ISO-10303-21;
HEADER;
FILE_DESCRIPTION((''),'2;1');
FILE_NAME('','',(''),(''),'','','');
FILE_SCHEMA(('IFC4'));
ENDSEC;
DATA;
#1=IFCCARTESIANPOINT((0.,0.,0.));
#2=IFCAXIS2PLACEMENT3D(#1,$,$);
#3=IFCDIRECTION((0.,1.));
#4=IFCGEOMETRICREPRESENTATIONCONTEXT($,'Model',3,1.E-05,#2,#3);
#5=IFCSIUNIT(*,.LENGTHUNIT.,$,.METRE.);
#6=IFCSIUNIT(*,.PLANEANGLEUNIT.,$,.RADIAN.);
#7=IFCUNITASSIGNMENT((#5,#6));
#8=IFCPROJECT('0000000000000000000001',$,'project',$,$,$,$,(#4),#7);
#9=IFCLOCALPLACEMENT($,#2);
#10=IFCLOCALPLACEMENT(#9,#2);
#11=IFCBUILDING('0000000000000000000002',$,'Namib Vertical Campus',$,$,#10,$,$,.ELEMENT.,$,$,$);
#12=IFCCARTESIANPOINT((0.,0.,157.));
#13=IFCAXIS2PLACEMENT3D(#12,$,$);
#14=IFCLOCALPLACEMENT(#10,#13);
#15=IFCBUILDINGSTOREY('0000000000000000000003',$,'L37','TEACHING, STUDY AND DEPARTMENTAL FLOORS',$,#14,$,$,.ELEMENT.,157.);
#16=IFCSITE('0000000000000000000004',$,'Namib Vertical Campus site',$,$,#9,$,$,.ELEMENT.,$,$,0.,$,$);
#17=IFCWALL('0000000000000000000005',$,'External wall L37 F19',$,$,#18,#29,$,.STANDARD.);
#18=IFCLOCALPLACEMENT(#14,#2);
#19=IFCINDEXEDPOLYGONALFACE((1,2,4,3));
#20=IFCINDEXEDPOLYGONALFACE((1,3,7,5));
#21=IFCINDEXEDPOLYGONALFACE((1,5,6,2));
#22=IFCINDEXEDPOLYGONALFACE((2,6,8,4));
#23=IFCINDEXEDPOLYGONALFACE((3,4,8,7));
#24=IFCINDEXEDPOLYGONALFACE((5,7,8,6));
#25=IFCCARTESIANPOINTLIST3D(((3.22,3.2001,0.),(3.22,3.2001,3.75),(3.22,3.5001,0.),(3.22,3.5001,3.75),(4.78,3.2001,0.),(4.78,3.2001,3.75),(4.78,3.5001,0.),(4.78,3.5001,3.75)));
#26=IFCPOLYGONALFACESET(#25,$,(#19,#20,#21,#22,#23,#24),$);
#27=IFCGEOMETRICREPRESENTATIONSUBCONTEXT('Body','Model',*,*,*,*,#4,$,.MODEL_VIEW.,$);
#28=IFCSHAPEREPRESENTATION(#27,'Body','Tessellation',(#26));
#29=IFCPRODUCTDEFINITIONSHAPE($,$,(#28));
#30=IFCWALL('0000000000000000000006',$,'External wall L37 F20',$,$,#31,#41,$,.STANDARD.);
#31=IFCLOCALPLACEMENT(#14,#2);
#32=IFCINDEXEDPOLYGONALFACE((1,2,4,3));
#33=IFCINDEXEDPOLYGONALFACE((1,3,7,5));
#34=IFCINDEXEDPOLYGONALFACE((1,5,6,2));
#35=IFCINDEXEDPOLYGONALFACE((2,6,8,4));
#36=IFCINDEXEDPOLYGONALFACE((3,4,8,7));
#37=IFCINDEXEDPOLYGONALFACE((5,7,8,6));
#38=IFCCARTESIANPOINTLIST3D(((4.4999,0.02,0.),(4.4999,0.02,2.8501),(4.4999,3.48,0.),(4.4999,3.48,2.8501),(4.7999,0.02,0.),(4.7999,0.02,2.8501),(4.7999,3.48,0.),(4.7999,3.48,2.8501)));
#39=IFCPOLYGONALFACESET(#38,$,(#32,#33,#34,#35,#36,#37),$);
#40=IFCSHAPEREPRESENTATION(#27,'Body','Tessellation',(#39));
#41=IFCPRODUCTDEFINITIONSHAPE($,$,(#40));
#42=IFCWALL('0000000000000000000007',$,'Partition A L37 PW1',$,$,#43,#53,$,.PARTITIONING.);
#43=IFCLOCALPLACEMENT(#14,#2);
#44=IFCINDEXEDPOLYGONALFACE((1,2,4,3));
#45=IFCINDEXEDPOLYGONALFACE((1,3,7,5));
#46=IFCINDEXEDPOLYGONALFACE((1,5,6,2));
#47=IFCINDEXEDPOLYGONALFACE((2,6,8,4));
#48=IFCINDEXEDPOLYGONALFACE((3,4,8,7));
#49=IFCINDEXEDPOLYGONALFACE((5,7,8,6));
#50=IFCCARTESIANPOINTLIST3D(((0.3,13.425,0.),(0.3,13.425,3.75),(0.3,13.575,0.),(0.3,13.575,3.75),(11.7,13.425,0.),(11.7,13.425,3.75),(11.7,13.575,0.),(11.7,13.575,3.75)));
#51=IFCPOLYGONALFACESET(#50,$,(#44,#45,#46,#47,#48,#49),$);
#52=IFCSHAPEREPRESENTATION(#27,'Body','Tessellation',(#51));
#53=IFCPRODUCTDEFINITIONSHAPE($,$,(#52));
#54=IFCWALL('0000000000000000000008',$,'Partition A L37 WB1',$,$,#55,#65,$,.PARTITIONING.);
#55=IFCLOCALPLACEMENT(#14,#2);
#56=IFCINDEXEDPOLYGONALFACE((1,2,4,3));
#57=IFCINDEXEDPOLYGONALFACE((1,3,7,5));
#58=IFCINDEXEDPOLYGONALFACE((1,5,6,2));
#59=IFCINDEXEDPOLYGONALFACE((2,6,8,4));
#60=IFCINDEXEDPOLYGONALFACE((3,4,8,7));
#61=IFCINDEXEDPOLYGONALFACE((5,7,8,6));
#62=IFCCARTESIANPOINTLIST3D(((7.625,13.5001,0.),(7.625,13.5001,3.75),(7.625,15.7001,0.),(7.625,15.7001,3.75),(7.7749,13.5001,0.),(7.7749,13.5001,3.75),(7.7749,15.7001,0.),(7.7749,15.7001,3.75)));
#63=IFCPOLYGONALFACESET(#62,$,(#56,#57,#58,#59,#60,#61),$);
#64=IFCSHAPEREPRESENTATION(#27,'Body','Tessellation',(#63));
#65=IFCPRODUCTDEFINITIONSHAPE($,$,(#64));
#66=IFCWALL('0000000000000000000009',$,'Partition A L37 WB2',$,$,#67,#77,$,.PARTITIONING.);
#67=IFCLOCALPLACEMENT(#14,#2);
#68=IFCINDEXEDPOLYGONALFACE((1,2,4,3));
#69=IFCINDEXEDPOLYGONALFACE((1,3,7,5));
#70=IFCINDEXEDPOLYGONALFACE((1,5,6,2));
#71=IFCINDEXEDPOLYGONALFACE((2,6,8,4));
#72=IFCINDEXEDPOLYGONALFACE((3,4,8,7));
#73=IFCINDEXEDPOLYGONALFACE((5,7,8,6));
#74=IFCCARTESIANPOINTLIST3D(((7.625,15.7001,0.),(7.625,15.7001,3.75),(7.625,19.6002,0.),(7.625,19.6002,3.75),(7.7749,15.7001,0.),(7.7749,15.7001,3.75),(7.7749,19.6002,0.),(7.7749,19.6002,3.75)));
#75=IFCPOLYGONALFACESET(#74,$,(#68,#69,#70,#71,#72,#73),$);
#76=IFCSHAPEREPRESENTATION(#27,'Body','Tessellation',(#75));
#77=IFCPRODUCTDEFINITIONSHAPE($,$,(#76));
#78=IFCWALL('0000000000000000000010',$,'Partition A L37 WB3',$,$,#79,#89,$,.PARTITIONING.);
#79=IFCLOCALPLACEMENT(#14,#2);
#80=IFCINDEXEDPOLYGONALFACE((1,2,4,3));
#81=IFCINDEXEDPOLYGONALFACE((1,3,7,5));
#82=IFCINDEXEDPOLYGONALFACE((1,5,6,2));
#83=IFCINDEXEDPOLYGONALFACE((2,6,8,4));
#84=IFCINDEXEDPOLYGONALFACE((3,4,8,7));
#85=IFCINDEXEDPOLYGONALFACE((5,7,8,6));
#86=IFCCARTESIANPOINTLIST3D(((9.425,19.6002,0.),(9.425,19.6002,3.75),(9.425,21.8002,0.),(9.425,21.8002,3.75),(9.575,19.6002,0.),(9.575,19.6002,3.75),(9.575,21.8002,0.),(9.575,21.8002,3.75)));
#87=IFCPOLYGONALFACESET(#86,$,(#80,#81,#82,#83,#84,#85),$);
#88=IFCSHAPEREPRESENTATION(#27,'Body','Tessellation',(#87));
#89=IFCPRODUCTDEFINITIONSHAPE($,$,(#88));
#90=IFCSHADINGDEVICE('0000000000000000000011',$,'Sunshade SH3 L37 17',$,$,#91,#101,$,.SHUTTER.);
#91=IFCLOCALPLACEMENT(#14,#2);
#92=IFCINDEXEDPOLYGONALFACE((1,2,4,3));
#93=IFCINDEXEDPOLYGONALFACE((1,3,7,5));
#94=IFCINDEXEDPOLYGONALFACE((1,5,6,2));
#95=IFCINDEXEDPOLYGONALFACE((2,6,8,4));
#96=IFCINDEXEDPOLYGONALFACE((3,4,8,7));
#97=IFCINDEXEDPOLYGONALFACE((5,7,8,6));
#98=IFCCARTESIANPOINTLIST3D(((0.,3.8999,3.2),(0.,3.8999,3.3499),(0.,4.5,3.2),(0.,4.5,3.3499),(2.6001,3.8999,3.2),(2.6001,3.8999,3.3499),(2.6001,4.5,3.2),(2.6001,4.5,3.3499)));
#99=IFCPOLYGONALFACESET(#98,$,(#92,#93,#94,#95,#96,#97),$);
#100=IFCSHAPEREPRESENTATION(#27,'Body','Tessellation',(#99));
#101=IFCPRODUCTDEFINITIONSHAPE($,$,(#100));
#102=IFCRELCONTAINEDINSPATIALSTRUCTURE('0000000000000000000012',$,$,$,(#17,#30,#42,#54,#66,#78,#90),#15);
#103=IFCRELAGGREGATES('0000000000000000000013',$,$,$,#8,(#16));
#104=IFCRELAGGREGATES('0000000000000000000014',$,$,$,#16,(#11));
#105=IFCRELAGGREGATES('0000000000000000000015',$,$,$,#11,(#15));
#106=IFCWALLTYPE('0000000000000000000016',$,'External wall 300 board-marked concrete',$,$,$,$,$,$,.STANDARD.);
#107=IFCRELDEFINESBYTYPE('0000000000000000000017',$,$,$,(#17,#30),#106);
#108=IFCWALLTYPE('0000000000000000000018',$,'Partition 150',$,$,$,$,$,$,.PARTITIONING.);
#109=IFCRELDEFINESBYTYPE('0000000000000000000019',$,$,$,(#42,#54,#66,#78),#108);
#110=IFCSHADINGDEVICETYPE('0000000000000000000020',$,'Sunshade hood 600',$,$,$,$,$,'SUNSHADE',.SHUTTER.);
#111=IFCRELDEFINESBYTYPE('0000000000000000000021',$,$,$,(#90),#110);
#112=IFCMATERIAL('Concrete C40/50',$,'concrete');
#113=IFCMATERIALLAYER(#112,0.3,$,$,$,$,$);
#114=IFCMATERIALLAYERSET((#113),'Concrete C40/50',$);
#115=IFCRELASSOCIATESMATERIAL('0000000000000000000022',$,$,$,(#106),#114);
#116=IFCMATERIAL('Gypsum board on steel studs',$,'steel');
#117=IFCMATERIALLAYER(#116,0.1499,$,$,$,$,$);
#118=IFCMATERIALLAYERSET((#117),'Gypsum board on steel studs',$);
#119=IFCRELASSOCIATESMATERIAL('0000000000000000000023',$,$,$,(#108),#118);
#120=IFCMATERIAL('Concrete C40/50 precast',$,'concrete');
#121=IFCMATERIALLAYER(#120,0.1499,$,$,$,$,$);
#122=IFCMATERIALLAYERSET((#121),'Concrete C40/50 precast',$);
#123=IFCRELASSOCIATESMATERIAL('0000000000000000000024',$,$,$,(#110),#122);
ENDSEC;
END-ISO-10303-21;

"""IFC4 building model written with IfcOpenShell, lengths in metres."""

from ifc_helpers import new_model, si_unit, direction, frame, frame_2d, origin, origin_2d, place, context, subcontext, project, spatial, rectangle, extrude, material, layer, layer_set, type_object, element, save


model = new_model("IFC4")

# Units and contexts
model_context = context("Model", 3, precision=1e-05, world=origin(), true_north=direction((0.0, 1.0)))
body_context = subcontext(model_context, "Body", "Model", "MODEL_VIEW")
ifc_project = project(units=[si_unit("LENGTHUNIT", "METRE"), si_unit("PLANEANGLEUNIT", "RADIAN")], contexts=[model_context])

# Site, building, storey
site_placement = place(None, origin())
site = spatial("IfcSite", under=ifc_project, at=site_placement, Name="Namib Vertical Campus site", CompositionType="ELEMENT", RefElevation=0.0)
building_placement = place(site_placement, origin())
building = spatial("IfcBuilding", under=site, at=building_placement, Name="Namib Vertical Campus", CompositionType="ELEMENT")
storey_placement = place(building_placement, frame((0.0, 0.0, 157.0)))
storey = spatial("IfcBuildingStorey", under=building, at=storey_placement, Name="L37", Description="TEACHING, STUDY AND DEPARTMENTAL FLOORS", CompositionType="ELEMENT", Elevation=157.0)

# Walls
ifc_material_1 = material(Name="Concrete C40/50", Category="concrete")
ifc_layer_1 = layer(ifc_material_1, 0.3)
ifc_layer_set_1 = layer_set([ifc_layer_1], Name="Concrete C40/50")
wall_type_1 = type_object("IfcWallType", Name="External wall 300 board-marked concrete", PredefinedType="STANDARD", material=ifc_layer_set_1)
for number, where, z_axis, x_axis, name in (
    (1, (3.22, 3.3501, 0.0), (0.0, 0.0, 1.0), (1.0, 0.0, 0.0), "External wall L37 F19"),
):
    element("IfcWall", number, at=place(storey_placement, frame(where, z_axis=z_axis, x_axis=x_axis)), inside=storey, type_object=wall_type_1, Name=name, PredefinedType="STANDARD", context=body_context, shape_type="SweptSolid", body=[
        extrude(rectangle(XDim=1.5601, YDim=0.3, at=frame_2d((0.78, 0.0))), origin(), (0.0, 0.0, 1.0), 3.75),
    ])
wall_1_placement = place(storey_placement, frame((4.6499, 3.48, 0.0), z_axis=(0.0, 0.0, 1.0), x_axis=(0.0, -1.0, 0.0)))
element("IfcWall", 2, at=wall_1_placement, inside=storey, type_object=wall_type_1, Name="External wall L37 F20", PredefinedType="STANDARD", context=body_context, shape_type="SweptSolid", body=[
    extrude(rectangle(XDim=3.46, YDim=0.3, at=frame_2d((1.73, 0.0))), origin(), (0.0, 0.0, 1.0), 2.8501),
])
ifc_material_2 = material(Name="Gypsum board on steel studs", Category="steel")
ifc_layer_2 = layer(ifc_material_2, 0.1499)
ifc_layer_set_2 = layer_set([ifc_layer_2], Name="Gypsum board on steel studs")
wall_type_2 = type_object("IfcWallType", Name="Partition 150", PredefinedType="PARTITIONING", material=ifc_layer_set_2)
wall_2_placement = place(storey_placement, frame((0.3, 13.5, 0.0), z_axis=(0.0, 0.0, 1.0), x_axis=(1.0, 0.0, 0.0)))
element("IfcWall", 3, at=wall_2_placement, inside=storey, type_object=wall_type_2, Name="Partition A L37 PW1", PredefinedType="PARTITIONING", context=body_context, shape_type="SweptSolid", body=[
    extrude(rectangle(XDim=11.3999, YDim=0.1499, at=frame_2d((5.7, 0.0))), origin(), (0.0, 0.0, 1.0), 3.75),
])
wall_3_placement = place(storey_placement, frame((7.7, 13.5, 0.0), z_axis=(0.0, 0.0, 1.0), x_axis=(0.0, 1.0, 0.0)))
element("IfcWall", 4, at=wall_3_placement, inside=storey, type_object=wall_type_2, Name="Partition A L37 WB1", PredefinedType="PARTITIONING", context=body_context, shape_type="SweptSolid", body=[
    extrude(rectangle(XDim=2.2, YDim=0.1499, at=frame_2d((1.1001, 0.0))), origin(), (0.0, 0.0, 1.0), 3.75),
])
wall_4_placement = place(storey_placement, frame((7.7, 15.7, 0.0), z_axis=(0.0, 0.0, 1.0), x_axis=(0.0, 1.0, 0.0)))
element("IfcWall", 5, at=wall_4_placement, inside=storey, type_object=wall_type_2, Name="Partition A L37 WB2", PredefinedType="PARTITIONING", context=body_context, shape_type="SweptSolid", body=[
    extrude(rectangle(XDim=3.9001, YDim=0.1499, at=frame_2d((1.9502, 0.0))), origin(), (0.0, 0.0, 1.0), 3.75),
])
wall_5_placement = place(storey_placement, frame((9.5, 19.6001, 0.0), z_axis=(0.0, 0.0, 1.0), x_axis=(0.0, 1.0, 0.0)))
element("IfcWall", 6, at=wall_5_placement, inside=storey, type_object=wall_type_2, Name="Partition A L37 WB3", PredefinedType="PARTITIONING", context=body_context, shape_type="SweptSolid", body=[
    extrude(rectangle(XDim=2.2, YDim=0.1499, at=frame_2d((1.1001, 0.0))), origin(), (0.0, 0.0, 1.0), 3.75),
])

# Shading device
ifc_material_3 = material(Name="Concrete C40/50 precast", Category="concrete")
ifc_layer_3 = layer(ifc_material_3, 0.1499)
ifc_layer_set_3 = layer_set([ifc_layer_3], Name="Concrete C40/50 precast")
shading_device_type = type_object("IfcShadingDeviceType", Name="Sunshade hood 600", ElementType="SUNSHADE", PredefinedType="SHUTTER", material=ifc_layer_set_3)
shading_device_placement = place(storey_placement, frame((1.3, 4.2, 3.2), z_axis=(0.0, 0.0, 1.0), x_axis=(1.0, 0.0, 0.0)))
element("IfcShadingDevice", 7, at=shading_device_placement, inside=storey, type_object=shading_device_type, Name="Sunshade SH3 L37 17", PredefinedType="SHUTTER", context=body_context, shape_type="SweptSolid", body=[
    extrude(rectangle(XDim=2.6001, YDim=0.6001, at=origin_2d()), origin(), (0.0, 0.0, 1.0), 0.1499),
])

save(model, "model.ifc")
